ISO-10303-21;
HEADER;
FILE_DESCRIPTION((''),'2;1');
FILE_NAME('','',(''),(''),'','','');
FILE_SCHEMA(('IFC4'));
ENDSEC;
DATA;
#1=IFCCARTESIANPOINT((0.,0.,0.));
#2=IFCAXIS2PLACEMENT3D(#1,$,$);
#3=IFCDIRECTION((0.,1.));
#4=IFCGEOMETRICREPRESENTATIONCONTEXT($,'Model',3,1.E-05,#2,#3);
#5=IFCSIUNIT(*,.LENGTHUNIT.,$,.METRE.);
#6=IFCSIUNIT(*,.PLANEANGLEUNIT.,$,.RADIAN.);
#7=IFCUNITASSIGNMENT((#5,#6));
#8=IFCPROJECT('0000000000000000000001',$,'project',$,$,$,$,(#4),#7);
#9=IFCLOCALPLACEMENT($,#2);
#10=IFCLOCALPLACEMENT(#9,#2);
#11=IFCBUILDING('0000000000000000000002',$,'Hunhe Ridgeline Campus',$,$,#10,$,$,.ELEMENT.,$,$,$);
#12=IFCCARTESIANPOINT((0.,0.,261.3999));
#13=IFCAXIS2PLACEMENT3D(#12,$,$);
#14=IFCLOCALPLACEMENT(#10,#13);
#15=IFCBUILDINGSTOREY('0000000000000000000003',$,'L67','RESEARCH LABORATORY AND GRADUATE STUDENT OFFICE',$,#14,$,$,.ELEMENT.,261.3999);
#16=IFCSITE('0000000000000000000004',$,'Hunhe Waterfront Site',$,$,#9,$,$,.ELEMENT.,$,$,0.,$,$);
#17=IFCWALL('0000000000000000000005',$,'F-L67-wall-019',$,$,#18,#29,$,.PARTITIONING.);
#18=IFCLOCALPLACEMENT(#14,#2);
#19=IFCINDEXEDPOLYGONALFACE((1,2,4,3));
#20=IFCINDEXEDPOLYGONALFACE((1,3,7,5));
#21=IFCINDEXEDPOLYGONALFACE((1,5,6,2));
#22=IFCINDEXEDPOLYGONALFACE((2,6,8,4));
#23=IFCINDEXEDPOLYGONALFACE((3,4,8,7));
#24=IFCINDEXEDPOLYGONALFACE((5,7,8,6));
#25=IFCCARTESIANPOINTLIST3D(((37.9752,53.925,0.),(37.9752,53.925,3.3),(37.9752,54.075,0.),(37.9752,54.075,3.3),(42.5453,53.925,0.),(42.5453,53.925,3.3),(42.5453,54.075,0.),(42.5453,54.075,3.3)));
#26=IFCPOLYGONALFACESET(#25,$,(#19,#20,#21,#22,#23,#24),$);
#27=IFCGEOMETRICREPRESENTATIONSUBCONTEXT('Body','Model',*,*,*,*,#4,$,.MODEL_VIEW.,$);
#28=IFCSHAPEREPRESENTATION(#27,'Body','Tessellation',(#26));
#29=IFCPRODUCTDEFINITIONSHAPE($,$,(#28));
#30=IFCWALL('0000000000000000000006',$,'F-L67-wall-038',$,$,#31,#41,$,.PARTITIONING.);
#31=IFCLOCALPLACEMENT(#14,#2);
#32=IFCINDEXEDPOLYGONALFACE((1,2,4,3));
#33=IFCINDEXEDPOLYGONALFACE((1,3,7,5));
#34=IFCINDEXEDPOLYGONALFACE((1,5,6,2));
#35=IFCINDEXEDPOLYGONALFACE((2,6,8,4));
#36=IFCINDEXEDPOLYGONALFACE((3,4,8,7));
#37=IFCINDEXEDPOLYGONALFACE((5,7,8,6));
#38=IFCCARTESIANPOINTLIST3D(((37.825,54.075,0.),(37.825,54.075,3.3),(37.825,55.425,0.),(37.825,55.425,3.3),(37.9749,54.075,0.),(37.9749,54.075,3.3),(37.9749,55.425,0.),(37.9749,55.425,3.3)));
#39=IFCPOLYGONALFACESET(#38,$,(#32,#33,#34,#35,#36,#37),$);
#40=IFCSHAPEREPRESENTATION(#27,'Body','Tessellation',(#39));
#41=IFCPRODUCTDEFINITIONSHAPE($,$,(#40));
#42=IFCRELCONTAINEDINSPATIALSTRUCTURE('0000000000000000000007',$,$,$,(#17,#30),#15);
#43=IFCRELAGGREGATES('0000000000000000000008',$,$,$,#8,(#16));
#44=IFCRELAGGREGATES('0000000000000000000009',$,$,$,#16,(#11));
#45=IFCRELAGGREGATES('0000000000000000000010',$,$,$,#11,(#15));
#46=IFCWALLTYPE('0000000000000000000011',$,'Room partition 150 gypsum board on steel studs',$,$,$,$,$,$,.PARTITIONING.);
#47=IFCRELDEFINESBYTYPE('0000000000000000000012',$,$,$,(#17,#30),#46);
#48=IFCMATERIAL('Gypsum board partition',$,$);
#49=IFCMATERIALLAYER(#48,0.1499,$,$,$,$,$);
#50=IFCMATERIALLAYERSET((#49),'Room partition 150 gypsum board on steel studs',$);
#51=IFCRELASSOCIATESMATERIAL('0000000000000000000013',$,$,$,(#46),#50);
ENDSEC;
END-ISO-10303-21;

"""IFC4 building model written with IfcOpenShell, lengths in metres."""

from ifc_helpers import new_model, si_unit, direction, frame, frame_2d, origin, place, context, subcontext, project, spatial, rectangle, extrude, material, layer, layer_set, type_object, element, save


model = new_model("IFC4")

# Units and contexts
model_context = context("Model", 3, precision=1e-05, world=origin(), true_north=direction((0.0, 1.0)))
body_context = subcontext(model_context, "Body", "Model", "MODEL_VIEW")
ifc_project = project(units=[si_unit("LENGTHUNIT", "METRE"), si_unit("PLANEANGLEUNIT", "RADIAN")], contexts=[model_context])

# Site, building, storey
site_placement = place(None, origin())
site = spatial("IfcSite", under=ifc_project, at=site_placement, Name="Hunhe Waterfront Site", CompositionType="ELEMENT", RefElevation=0.0)
building_placement = place(site_placement, origin())
building = spatial("IfcBuilding", under=site, at=building_placement, Name="Hunhe Ridgeline Campus", CompositionType="ELEMENT")
storey_placement = place(building_placement, frame((0.0, 0.0, 261.3999)))
storey = spatial("IfcBuildingStorey", under=building, at=storey_placement, Name="L67", Description="RESEARCH LABORATORY AND GRADUATE STUDENT OFFICE", CompositionType="ELEMENT", Elevation=261.3999)

# Shared definitions
ifc_material_1 = material(Name="Gypsum board partition")

# Walls
ifc_layer_1 = layer(ifc_material_1, 0.1499)
ifc_layer_set_1 = layer_set([ifc_layer_1], Name="Room partition 150 gypsum board on steel studs")
wall_type_1 = type_object("IfcWallType", Name="Room partition 150 gypsum board on steel studs", PredefinedType="PARTITIONING", material=ifc_layer_set_1)
wall_1_placement = place(storey_placement, frame((37.9751, 54.0, 0.0), z_axis=(0.0, 0.0, 1.0), x_axis=(1.0, 0.0, 0.0)))
element("IfcWall", 1, at=wall_1_placement, inside=storey, type_object=wall_type_1, Name="F-L67-wall-019", PredefinedType="PARTITIONING", context=body_context, shape_type="SweptSolid", body=[
    extrude(rectangle(XDim=4.5701, YDim=0.1499, at=frame_2d((2.2852, 0.0))), origin(), (0.0, 0.0, 1.0), 3.3),
])
wall_2_placement = place(storey_placement, frame((37.8999, 55.425, 0.0), z_axis=(0.0, 0.0, 1.0), x_axis=(0.0, -1.0, 0.0)))
element("IfcWall", 2, at=wall_2_placement, inside=storey, type_object=wall_type_1, Name="F-L67-wall-038", PredefinedType="PARTITIONING", context=body_context, shape_type="SweptSolid", body=[
    extrude(rectangle(XDim=1.3501, YDim=0.1499, at=frame_2d((0.675, 0.0))), origin(), (0.0, 0.0, 1.0), 3.3),
])

save(model, "model.ifc")
